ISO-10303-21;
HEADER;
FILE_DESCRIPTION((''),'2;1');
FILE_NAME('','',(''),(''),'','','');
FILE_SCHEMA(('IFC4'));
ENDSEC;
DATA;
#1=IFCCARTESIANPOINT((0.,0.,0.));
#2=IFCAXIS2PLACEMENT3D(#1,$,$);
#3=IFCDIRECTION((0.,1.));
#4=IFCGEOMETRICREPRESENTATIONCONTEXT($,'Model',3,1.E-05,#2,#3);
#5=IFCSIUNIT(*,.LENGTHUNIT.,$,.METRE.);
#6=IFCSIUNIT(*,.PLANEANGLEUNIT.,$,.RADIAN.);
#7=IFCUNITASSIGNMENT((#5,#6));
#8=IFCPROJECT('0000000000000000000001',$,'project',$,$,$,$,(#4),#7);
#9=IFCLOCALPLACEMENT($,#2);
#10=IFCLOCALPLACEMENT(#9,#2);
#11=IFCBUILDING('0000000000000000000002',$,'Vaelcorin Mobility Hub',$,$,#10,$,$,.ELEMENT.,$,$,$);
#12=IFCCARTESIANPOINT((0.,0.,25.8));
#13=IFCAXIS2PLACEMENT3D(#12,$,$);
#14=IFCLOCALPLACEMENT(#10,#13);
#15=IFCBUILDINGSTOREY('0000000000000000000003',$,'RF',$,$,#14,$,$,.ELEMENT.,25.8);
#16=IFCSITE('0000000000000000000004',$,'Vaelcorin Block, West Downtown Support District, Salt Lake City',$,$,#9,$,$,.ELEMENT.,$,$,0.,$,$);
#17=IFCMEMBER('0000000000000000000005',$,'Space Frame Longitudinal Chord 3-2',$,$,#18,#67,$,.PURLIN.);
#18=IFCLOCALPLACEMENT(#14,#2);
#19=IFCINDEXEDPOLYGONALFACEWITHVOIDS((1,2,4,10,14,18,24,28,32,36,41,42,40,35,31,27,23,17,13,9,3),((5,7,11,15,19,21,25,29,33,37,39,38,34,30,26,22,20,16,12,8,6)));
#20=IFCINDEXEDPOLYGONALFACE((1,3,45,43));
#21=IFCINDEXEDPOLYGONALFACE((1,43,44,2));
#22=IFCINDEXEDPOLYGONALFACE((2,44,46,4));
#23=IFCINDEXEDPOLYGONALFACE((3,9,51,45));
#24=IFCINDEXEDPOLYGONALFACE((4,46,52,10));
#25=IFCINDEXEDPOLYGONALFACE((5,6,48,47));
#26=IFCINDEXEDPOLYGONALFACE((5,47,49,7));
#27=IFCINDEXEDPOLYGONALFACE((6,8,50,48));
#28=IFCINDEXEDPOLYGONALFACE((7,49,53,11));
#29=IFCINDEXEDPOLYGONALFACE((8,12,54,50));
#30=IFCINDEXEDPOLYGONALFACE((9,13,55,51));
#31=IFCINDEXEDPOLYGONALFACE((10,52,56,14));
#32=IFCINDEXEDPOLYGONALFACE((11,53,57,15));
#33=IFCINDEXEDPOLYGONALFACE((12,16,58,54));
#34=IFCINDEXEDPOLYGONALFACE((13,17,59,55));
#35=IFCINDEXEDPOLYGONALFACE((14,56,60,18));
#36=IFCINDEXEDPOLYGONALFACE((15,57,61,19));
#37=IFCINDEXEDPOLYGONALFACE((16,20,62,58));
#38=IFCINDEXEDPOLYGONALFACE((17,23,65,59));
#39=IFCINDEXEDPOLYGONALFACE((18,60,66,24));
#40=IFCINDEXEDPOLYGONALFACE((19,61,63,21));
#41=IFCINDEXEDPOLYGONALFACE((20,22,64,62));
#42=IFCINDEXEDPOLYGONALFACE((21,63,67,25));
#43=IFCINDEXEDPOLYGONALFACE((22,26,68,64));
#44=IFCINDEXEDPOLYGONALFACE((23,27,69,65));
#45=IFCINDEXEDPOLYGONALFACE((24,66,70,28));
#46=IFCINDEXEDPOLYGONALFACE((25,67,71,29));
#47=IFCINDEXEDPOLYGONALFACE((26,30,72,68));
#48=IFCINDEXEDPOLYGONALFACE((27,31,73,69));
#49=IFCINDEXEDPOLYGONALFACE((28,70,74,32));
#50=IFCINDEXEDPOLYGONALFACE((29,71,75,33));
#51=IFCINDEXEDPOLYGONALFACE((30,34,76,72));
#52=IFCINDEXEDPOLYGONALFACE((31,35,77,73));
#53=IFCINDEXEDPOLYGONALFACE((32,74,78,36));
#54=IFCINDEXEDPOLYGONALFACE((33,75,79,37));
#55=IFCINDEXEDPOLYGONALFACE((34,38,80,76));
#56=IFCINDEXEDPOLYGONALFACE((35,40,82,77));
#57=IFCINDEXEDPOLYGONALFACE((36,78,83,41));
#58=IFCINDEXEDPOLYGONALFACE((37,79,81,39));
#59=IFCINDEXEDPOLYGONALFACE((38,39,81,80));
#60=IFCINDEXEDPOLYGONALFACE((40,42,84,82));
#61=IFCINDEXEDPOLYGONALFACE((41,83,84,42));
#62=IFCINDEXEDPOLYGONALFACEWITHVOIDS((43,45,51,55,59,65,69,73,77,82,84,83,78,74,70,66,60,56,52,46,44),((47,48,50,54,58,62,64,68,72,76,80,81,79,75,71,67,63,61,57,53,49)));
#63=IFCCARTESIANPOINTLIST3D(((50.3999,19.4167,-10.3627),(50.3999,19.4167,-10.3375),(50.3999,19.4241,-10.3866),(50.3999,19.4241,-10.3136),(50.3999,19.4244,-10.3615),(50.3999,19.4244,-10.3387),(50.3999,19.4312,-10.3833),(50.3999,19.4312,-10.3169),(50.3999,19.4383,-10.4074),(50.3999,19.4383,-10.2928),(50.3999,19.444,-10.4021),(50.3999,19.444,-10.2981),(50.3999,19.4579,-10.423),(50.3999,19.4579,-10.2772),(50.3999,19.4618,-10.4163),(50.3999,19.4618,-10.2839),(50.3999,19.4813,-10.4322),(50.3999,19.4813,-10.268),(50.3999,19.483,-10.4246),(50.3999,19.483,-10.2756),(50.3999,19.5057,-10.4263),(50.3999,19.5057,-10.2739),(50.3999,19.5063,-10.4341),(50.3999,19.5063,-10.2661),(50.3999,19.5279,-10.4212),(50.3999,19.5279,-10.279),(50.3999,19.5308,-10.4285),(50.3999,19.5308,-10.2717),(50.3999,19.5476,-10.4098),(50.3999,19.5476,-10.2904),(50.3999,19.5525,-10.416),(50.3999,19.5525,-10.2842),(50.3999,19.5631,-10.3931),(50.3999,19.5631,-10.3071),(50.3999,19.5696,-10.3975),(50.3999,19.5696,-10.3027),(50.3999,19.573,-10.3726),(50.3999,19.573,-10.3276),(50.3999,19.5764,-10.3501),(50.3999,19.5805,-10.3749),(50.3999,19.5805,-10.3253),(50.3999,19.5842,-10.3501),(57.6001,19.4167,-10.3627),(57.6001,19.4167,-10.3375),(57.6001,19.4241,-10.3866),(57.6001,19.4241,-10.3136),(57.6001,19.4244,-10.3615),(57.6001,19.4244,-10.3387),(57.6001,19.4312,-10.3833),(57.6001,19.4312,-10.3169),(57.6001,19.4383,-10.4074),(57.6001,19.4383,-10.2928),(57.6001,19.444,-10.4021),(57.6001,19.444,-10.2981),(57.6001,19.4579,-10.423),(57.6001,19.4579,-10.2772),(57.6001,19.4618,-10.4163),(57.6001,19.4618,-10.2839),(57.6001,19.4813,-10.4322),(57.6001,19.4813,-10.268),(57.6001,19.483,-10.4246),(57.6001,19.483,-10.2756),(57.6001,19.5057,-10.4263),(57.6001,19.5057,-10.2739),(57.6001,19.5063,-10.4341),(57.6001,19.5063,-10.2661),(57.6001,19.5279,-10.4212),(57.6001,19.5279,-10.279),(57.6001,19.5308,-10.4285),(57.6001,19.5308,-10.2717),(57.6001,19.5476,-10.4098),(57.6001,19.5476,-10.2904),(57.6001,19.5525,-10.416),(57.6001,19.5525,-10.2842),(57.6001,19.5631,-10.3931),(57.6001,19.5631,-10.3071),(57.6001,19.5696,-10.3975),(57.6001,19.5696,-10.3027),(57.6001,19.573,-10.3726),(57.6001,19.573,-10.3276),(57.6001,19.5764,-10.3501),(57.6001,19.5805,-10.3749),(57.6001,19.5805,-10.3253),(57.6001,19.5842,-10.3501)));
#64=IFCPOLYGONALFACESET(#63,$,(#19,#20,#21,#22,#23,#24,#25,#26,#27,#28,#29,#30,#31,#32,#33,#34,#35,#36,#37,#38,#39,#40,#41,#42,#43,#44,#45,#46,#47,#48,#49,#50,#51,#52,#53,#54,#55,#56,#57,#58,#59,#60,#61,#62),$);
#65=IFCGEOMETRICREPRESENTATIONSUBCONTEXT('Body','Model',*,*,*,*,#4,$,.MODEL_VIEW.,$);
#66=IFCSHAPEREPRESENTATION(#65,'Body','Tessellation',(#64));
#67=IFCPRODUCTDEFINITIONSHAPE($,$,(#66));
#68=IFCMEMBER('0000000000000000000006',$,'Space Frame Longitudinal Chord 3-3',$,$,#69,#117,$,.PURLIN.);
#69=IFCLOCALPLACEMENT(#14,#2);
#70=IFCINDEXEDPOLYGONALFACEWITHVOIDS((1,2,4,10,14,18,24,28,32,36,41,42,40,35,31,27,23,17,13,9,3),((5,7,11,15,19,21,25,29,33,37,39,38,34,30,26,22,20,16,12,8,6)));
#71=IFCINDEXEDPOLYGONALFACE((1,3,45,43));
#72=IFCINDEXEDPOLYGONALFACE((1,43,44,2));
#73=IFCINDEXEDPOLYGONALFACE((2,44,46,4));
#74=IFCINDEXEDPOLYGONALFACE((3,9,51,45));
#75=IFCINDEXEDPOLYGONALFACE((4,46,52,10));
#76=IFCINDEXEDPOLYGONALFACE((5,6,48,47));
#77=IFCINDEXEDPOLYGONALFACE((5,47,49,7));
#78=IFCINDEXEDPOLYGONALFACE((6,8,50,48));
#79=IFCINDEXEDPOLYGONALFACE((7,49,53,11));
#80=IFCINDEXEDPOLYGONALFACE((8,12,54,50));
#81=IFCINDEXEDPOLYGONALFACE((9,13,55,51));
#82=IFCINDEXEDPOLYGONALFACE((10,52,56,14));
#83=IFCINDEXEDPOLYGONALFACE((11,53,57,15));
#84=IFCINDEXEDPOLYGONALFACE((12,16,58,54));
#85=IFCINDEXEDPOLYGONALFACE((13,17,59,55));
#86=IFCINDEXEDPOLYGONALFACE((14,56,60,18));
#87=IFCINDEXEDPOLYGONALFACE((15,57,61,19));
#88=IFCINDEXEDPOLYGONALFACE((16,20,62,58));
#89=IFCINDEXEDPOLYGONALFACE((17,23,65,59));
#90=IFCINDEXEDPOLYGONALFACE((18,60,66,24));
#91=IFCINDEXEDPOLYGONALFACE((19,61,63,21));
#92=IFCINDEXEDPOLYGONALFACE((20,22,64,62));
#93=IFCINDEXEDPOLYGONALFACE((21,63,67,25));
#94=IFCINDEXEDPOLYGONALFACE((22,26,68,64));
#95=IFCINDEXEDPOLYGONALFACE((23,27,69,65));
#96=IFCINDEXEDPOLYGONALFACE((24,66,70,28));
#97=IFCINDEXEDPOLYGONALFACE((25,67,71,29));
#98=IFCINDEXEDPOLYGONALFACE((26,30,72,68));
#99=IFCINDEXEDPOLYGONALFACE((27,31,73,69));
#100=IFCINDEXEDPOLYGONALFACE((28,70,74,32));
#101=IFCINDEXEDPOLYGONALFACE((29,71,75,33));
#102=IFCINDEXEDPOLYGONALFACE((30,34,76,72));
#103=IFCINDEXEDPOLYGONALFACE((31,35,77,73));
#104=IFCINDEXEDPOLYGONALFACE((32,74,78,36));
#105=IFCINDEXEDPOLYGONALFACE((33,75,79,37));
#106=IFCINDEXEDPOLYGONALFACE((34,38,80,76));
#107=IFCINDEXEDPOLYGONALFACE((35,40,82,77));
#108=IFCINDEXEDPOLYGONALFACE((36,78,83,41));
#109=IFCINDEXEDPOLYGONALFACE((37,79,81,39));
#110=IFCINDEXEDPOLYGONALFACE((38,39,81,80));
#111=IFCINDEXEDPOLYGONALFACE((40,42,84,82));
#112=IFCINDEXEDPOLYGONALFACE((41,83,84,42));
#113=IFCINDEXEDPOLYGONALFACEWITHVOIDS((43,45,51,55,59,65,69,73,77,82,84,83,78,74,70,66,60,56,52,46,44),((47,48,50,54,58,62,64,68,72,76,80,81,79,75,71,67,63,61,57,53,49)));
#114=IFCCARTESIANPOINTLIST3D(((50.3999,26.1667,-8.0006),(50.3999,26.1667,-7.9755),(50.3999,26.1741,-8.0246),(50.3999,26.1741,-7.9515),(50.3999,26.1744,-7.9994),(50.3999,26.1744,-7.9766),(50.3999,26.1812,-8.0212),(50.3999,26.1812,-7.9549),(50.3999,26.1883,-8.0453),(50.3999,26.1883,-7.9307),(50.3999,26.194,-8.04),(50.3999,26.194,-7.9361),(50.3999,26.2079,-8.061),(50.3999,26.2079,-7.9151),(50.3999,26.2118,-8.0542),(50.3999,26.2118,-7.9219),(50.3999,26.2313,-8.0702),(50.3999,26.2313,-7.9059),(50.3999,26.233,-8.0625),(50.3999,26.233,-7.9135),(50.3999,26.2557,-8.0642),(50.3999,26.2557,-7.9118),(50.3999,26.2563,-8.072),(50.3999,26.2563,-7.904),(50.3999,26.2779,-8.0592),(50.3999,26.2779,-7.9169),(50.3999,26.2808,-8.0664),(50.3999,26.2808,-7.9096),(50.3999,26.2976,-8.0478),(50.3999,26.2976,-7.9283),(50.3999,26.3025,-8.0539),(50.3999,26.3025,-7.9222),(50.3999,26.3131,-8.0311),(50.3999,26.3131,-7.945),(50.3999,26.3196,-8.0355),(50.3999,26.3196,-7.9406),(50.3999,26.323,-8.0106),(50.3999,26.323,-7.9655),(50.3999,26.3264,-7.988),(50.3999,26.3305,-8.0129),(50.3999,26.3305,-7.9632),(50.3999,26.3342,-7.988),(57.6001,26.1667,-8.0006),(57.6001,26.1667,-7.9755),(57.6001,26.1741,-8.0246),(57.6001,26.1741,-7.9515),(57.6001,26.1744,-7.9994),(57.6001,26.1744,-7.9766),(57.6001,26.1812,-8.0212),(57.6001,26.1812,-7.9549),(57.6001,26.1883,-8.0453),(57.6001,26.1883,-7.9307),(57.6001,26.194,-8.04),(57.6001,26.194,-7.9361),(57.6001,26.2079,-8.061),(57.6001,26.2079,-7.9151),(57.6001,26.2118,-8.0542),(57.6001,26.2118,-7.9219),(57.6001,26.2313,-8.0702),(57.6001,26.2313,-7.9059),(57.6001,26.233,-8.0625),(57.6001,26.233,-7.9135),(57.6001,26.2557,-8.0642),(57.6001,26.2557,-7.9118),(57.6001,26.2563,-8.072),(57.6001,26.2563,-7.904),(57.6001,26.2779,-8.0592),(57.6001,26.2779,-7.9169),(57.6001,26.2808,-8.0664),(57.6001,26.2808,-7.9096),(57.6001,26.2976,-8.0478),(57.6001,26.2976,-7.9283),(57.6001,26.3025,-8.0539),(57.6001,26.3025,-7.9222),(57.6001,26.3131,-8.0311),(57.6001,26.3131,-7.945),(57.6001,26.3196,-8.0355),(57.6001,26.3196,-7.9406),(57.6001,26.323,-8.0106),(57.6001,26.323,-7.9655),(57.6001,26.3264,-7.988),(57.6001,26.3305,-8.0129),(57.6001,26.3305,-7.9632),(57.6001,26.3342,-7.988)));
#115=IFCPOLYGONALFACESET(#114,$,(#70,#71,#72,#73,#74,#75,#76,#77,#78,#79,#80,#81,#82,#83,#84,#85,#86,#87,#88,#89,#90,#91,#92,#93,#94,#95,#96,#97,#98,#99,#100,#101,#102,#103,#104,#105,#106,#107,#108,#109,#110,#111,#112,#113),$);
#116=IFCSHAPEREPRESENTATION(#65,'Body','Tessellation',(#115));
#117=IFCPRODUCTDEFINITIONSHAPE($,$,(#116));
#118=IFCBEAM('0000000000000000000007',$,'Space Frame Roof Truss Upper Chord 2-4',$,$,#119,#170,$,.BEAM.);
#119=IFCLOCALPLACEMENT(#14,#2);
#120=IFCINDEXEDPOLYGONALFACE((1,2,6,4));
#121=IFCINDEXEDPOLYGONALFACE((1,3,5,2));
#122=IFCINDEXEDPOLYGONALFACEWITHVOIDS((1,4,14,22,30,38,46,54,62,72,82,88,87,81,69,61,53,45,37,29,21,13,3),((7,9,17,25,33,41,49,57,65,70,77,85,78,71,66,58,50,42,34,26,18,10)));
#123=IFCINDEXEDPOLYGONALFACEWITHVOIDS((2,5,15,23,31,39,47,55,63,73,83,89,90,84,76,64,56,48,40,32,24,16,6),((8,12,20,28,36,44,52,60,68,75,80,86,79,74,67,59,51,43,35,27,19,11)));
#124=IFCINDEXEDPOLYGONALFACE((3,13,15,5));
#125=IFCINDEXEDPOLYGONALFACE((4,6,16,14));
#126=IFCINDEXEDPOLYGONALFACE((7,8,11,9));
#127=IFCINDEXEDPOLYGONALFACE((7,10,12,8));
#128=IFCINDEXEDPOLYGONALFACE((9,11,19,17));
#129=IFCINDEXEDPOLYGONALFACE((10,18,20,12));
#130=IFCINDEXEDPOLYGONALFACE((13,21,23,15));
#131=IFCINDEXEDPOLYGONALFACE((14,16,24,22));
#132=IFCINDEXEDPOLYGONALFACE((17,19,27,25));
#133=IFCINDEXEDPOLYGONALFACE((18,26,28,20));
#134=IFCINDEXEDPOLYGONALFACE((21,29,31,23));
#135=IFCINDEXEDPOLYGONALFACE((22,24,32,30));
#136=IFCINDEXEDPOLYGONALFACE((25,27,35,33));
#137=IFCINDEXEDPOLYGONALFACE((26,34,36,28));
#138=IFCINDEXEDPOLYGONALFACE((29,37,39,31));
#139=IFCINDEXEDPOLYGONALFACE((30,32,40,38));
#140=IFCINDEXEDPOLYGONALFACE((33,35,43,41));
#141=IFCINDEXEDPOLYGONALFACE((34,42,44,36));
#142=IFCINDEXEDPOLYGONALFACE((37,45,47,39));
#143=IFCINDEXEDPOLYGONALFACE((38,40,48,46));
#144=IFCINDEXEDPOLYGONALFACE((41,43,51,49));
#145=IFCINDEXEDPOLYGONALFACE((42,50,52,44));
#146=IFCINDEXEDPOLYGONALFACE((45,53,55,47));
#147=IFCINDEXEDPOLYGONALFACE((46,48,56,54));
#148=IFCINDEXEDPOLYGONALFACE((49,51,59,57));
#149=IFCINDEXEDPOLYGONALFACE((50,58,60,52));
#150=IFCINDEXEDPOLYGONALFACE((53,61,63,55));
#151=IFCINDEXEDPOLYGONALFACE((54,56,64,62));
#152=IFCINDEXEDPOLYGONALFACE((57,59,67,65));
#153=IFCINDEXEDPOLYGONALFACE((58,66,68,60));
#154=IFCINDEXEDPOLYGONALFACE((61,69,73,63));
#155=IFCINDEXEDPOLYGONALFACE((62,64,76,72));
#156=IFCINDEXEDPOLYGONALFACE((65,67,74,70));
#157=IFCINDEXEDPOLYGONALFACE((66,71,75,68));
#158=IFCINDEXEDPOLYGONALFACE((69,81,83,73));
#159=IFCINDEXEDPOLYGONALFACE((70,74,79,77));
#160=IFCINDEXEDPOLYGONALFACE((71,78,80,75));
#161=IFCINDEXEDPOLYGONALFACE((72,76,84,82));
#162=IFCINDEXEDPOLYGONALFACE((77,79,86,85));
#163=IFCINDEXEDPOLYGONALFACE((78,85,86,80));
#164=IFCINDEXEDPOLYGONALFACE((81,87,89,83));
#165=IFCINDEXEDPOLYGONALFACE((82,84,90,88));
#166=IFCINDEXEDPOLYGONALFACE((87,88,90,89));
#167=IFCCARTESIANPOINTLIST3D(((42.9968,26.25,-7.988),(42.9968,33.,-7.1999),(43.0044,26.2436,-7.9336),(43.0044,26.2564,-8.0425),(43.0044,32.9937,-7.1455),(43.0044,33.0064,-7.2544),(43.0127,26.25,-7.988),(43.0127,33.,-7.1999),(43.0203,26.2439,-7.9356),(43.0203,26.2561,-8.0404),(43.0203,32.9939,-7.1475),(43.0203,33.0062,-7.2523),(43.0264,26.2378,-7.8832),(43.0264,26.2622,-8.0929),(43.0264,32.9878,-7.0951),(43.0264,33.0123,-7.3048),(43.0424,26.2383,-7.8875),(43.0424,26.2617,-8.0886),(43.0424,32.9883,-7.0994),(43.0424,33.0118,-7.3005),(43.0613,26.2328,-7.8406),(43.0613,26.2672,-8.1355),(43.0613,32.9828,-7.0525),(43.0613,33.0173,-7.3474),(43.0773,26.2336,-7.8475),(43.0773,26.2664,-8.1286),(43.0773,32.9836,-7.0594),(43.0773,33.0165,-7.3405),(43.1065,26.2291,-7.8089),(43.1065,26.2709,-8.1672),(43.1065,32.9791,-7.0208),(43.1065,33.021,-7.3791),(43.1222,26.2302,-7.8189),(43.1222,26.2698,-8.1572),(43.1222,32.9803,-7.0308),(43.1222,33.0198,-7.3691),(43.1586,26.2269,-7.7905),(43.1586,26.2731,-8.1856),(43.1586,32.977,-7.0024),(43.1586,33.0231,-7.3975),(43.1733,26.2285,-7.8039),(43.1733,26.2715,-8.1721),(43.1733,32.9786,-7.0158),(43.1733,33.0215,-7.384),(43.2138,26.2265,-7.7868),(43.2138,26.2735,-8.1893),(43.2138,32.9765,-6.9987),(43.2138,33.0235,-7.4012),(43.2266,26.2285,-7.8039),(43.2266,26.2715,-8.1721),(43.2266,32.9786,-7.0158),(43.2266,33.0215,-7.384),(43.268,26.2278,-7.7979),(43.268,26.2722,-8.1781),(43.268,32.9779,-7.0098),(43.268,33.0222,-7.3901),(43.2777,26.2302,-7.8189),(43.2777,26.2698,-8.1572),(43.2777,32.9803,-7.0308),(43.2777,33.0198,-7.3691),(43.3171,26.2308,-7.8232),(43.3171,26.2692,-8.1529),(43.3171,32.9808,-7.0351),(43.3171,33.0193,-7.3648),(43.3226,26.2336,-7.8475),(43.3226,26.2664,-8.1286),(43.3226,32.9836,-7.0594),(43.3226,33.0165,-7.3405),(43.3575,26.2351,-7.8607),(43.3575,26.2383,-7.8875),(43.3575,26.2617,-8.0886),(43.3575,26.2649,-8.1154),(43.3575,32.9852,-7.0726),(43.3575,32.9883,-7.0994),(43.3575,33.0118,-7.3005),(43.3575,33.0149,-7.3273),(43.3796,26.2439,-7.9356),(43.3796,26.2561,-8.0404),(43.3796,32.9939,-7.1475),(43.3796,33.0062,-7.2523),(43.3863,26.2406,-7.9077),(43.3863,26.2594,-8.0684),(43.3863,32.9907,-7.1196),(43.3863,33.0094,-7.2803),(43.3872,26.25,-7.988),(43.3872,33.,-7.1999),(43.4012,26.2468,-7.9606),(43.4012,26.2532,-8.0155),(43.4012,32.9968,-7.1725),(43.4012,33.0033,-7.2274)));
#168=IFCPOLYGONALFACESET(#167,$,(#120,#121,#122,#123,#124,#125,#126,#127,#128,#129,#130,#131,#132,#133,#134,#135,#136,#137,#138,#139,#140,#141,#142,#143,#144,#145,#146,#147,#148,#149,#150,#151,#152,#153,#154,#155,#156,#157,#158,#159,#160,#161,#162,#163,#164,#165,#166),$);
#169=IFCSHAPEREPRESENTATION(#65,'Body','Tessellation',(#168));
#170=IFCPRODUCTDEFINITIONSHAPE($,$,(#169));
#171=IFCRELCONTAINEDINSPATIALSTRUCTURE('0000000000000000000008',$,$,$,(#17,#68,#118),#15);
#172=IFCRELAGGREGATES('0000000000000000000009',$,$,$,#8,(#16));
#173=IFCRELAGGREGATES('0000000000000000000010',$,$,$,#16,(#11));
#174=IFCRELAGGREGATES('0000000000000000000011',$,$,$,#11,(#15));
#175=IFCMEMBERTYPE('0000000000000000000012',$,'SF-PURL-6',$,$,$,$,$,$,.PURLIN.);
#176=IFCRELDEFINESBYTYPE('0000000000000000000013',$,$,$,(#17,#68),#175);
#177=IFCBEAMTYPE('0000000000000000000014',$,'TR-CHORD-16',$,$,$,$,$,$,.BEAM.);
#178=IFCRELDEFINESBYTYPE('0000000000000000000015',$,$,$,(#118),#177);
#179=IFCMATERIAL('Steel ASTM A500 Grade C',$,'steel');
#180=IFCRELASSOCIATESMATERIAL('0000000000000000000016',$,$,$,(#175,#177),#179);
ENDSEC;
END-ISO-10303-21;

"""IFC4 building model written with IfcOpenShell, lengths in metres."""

from ifc_helpers import new_model, si_unit, direction, frame, origin, origin_2d, place, context, subcontext, project, spatial, hollow_circle, extrude, material, material_profile, profile_set, type_object, element, save


model = new_model("IFC4")

# Units and contexts
model_context = context("Model", 3, precision=1e-05, world=origin(), true_north=direction((0.0, 1.0)))
body_context = subcontext(model_context, "Body", "Model", "MODEL_VIEW")
ifc_project = project(units=[si_unit("LENGTHUNIT", "METRE"), si_unit("PLANEANGLEUNIT", "RADIAN")], contexts=[model_context])

# Site, building, storey
site_placement = place(None, origin())
site = spatial("IfcSite", under=ifc_project, at=site_placement, Name="Vaelcorin Block, West Downtown Support District, Salt Lake City", CompositionType="ELEMENT", RefElevation=0.0)
building_placement = place(site_placement, origin())
building = spatial("IfcBuilding", under=site, at=building_placement, Name="Vaelcorin Mobility Hub", CompositionType="ELEMENT")
storey_placement = place(building_placement, frame((0.0, 0.0, 25.8)))
storey = spatial("IfcBuildingStorey", under=building, at=storey_placement, Name="RF", CompositionType="ELEMENT", Elevation=25.8)

# Members
ifc_material_1 = material(Name="Steel ASTM A500 Grade C", Category="steel")
ifc_material_profile_1 = material_profile(ifc_material_1, hollow_circle(Radius=0.0842, WallThickness=0.0078, at=origin_2d()), Name="HSS6.625X0.312")
ifc_profile_set_1 = profile_set([ifc_material_profile_1], Name="Steel ASTM A500 Grade C")
member_type_1 = type_object("IfcMemberType", Name="SF-PURL-6", PredefinedType="PURLIN", material=ifc_profile_set_1)
for number, where, z_axis, x_axis, name in (
    (1, (50.3999, 19.5, -10.3501), (1.0, 0.0, 0.0), (0.0, 1.0, 0.0), "Space Frame Longitudinal Chord 3-2"),
    (2, (50.3999, 26.25, -7.988), (1.0, 0.0, 0.0), (0.0, 1.0, 0.0), "Space Frame Longitudinal Chord 3-3"),
):
    element("IfcMember", number, at=place(storey_placement, frame(where, z_axis=z_axis, x_axis=x_axis)), inside=storey, type_object=member_type_1, Name=name, PredefinedType="PURLIN", context=body_context, shape_type="SweptSolid", body=[
        extrude(hollow_circle(Radius=0.0842, WallThickness=0.0078, at=origin_2d()), origin(), (0.0, 0.0, 1.0), 7.2002),
    ])

# Beam
ifc_material_profile_2 = material_profile(ifc_material_1, hollow_circle(Radius=0.2031, WallThickness=0.0159, at=origin_2d()), Name="HSS16.000X0.625")
ifc_profile_set_2 = profile_set([ifc_material_profile_2], Name="Steel ASTM A500 Grade C")
beam_type = type_object("IfcBeamType", Name="TR-CHORD-16", PredefinedType="BEAM", material=ifc_profile_set_2)
beam_1_placement = place(storey_placement, frame((43.2, 26.25, -7.988), z_axis=(0.0, 0.993253, 0.115966), x_axis=(-1.0, 0.0, 0.0)))
element("IfcBeam", 3, at=beam_1_placement, inside=storey, type_object=beam_type, Name="Space Frame Roof Truss Upper Chord 2-4", PredefinedType="BEAM", context=body_context, shape_type="SweptSolid", body=[
    extrude(hollow_circle(Radius=0.2031, WallThickness=0.0159, at=origin_2d()), origin(), (0.0, 0.0, 1.0), 6.7959),
])

save(model, "model.ifc")
